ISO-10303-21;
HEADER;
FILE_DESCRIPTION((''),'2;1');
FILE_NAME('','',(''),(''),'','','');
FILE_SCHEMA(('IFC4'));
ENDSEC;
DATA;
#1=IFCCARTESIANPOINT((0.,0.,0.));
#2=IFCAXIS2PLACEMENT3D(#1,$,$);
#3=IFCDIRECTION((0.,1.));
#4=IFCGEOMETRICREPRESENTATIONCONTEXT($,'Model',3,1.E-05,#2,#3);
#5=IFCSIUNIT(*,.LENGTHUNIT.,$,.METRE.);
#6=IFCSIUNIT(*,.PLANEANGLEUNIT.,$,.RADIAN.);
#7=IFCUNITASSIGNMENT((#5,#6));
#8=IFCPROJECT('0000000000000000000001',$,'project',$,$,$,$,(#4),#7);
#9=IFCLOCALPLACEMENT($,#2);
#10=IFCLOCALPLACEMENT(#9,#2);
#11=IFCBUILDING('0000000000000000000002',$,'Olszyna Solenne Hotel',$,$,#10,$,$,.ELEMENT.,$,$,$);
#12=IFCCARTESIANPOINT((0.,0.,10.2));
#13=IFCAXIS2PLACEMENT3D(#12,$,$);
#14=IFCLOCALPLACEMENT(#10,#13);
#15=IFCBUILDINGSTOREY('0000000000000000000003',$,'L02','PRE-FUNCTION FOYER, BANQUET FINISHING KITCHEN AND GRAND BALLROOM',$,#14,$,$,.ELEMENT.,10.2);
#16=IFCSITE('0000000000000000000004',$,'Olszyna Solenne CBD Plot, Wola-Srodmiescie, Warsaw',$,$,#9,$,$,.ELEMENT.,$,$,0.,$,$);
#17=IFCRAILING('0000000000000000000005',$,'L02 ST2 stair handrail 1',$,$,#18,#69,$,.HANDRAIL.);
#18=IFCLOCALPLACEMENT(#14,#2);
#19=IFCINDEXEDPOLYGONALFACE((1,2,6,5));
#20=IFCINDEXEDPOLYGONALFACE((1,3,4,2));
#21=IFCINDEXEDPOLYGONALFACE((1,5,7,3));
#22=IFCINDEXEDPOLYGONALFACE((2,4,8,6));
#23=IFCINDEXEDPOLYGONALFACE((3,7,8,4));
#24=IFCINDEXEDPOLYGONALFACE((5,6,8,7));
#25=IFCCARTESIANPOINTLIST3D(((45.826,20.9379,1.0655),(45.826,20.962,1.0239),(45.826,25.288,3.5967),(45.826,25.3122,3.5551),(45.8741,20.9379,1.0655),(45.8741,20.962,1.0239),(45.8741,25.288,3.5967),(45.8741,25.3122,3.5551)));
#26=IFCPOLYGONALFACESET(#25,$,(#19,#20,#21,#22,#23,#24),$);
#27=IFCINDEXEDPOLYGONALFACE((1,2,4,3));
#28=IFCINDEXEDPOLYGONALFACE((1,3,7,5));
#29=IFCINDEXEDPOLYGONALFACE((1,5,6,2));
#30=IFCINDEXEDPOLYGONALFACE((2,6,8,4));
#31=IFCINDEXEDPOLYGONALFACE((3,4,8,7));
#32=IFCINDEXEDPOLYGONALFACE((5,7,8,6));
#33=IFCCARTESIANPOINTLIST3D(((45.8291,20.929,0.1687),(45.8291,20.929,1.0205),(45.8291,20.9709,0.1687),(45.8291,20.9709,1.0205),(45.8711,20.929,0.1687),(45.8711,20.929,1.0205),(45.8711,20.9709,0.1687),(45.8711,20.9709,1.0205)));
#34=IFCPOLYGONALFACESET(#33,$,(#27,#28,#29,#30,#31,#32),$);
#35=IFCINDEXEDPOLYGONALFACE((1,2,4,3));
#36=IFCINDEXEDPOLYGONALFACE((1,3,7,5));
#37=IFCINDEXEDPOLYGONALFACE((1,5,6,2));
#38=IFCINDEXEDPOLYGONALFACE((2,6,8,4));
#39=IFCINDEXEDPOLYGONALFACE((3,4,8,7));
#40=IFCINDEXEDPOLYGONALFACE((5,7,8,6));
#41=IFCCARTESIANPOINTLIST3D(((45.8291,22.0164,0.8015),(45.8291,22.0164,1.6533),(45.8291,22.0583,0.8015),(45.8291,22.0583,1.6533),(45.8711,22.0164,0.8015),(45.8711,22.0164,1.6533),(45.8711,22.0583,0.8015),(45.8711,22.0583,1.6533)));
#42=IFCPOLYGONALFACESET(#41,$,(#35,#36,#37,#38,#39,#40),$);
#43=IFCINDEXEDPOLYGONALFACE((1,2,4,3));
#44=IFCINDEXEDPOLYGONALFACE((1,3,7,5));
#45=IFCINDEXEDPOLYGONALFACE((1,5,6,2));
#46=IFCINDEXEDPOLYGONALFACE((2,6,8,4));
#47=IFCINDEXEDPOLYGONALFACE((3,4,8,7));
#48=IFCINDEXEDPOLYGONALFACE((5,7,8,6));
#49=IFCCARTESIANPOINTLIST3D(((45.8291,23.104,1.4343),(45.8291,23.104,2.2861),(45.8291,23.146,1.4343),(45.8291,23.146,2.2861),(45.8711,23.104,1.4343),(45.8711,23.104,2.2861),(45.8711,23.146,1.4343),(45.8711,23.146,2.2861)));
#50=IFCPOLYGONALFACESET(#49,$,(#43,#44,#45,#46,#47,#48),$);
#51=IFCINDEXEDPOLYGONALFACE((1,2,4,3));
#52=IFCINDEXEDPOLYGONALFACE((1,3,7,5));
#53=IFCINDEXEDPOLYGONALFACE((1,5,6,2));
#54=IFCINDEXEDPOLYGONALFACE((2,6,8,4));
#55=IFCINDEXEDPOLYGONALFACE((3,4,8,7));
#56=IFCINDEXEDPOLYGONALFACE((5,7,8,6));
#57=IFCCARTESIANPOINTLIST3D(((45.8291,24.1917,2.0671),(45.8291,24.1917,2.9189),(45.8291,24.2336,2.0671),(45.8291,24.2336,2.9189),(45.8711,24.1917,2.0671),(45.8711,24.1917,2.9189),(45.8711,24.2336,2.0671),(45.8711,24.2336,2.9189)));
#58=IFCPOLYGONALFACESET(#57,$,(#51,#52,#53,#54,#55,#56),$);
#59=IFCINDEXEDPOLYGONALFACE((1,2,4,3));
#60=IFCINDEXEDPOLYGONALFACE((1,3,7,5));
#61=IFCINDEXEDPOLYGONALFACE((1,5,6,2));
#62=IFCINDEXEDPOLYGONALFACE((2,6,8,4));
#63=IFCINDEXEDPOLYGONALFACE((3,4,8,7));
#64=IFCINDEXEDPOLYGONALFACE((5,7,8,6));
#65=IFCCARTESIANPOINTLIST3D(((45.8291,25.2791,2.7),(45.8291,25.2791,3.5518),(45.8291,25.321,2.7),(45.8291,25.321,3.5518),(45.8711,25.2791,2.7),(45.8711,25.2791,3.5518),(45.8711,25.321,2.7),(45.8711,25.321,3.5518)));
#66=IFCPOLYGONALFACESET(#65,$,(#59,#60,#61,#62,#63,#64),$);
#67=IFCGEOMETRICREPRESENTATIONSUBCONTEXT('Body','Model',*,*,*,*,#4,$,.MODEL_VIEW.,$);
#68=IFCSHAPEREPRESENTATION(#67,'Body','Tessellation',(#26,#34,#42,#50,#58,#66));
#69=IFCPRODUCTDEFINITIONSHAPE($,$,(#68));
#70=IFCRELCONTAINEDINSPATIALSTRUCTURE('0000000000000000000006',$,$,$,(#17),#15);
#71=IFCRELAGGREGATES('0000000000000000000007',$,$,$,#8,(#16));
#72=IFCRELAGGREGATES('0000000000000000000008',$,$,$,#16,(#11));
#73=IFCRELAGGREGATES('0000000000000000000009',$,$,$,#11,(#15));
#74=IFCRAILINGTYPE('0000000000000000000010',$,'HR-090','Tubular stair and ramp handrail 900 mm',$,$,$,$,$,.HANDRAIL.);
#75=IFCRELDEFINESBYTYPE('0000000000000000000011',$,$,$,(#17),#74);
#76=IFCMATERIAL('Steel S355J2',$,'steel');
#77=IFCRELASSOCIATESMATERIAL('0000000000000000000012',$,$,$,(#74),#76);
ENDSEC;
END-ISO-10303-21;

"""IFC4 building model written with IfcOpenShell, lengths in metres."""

from ifc_helpers import new_model, si_unit, direction, frame, origin, origin_2d, place, context, subcontext, project, spatial, rectangle, extrude, material, type_object, element, save


model = new_model("IFC4")

# Units and contexts
model_context = context("Model", 3, precision=1e-05, world=origin(), true_north=direction((0.0, 1.0)))
body_context = subcontext(model_context, "Body", "Model", "MODEL_VIEW")
ifc_project = project(units=[si_unit("LENGTHUNIT", "METRE"), si_unit("PLANEANGLEUNIT", "RADIAN")], contexts=[model_context])

# Site, building, storey
site_placement = place(None, origin())
site = spatial("IfcSite", under=ifc_project, at=site_placement, Name="Olszyna Solenne CBD Plot, Wola-Srodmiescie, Warsaw", CompositionType="ELEMENT", RefElevation=0.0)
building_placement = place(site_placement, origin())
building = spatial("IfcBuilding", under=site, at=building_placement, Name="Olszyna Solenne Hotel", CompositionType="ELEMENT")
storey_placement = place(building_placement, frame((0.0, 0.0, 10.2)))
storey = spatial("IfcBuildingStorey", under=building, at=storey_placement, Name="L02", Description="PRE-FUNCTION FOYER, BANQUET FINISHING KITCHEN AND GRAND BALLROOM", CompositionType="ELEMENT", Elevation=10.2)

# Shared definitions
ifc_material_1 = material(Name="Steel S355J2", Category="steel")

# Railing
railing_type_1 = type_object("IfcRailingType", Name="HR-090", Description="Tubular stair and ramp handrail 900 mm", PredefinedType="HANDRAIL", material=ifc_material_1)
railing_1_placement = place(storey_placement, frame((45.8501, 20.95, 0.1687)))
element("IfcRailing", 1, at=railing_1_placement, inside=storey, type_object=railing_type_1, Name="L02 ST2 stair handrail 1", PredefinedType="HANDRAIL", context=body_context, shape_type="SweptSolid", body=[
    extrude(rectangle(XDim=0.0481, YDim=0.0481, at=origin_2d()), frame((0.0, 0.0, 0.876), z_axis=(0.0, 0.864324, 0.502936), x_axis=(-1.0, 0.0, 0.0)), (0.0, 0.0, 1.0), 5.033),
    extrude(rectangle(XDim=0.042, YDim=0.042, at=origin_2d()), origin(), (0.0, 0.0, 1.0), 0.8518),
    extrude(rectangle(XDim=0.042, YDim=0.042, at=origin_2d()), frame((0.0, 1.0874, 0.6328)), (0.0, 0.0, 1.0), 0.8518),
    extrude(rectangle(XDim=0.042, YDim=0.042, at=origin_2d()), frame((0.0, 2.175, 1.2656)), (0.0, 0.0, 1.0), 0.8518),
    extrude(rectangle(XDim=0.042, YDim=0.042, at=origin_2d()), frame((0.0, 3.2627, 1.8984)), (0.0, 0.0, 1.0), 0.8518),
    extrude(rectangle(XDim=0.042, YDim=0.042, at=origin_2d()), frame((0.0, 4.3501, 2.5312)), (0.0, 0.0, 1.0), 0.8518),
])

save(model, "model.ifc")
